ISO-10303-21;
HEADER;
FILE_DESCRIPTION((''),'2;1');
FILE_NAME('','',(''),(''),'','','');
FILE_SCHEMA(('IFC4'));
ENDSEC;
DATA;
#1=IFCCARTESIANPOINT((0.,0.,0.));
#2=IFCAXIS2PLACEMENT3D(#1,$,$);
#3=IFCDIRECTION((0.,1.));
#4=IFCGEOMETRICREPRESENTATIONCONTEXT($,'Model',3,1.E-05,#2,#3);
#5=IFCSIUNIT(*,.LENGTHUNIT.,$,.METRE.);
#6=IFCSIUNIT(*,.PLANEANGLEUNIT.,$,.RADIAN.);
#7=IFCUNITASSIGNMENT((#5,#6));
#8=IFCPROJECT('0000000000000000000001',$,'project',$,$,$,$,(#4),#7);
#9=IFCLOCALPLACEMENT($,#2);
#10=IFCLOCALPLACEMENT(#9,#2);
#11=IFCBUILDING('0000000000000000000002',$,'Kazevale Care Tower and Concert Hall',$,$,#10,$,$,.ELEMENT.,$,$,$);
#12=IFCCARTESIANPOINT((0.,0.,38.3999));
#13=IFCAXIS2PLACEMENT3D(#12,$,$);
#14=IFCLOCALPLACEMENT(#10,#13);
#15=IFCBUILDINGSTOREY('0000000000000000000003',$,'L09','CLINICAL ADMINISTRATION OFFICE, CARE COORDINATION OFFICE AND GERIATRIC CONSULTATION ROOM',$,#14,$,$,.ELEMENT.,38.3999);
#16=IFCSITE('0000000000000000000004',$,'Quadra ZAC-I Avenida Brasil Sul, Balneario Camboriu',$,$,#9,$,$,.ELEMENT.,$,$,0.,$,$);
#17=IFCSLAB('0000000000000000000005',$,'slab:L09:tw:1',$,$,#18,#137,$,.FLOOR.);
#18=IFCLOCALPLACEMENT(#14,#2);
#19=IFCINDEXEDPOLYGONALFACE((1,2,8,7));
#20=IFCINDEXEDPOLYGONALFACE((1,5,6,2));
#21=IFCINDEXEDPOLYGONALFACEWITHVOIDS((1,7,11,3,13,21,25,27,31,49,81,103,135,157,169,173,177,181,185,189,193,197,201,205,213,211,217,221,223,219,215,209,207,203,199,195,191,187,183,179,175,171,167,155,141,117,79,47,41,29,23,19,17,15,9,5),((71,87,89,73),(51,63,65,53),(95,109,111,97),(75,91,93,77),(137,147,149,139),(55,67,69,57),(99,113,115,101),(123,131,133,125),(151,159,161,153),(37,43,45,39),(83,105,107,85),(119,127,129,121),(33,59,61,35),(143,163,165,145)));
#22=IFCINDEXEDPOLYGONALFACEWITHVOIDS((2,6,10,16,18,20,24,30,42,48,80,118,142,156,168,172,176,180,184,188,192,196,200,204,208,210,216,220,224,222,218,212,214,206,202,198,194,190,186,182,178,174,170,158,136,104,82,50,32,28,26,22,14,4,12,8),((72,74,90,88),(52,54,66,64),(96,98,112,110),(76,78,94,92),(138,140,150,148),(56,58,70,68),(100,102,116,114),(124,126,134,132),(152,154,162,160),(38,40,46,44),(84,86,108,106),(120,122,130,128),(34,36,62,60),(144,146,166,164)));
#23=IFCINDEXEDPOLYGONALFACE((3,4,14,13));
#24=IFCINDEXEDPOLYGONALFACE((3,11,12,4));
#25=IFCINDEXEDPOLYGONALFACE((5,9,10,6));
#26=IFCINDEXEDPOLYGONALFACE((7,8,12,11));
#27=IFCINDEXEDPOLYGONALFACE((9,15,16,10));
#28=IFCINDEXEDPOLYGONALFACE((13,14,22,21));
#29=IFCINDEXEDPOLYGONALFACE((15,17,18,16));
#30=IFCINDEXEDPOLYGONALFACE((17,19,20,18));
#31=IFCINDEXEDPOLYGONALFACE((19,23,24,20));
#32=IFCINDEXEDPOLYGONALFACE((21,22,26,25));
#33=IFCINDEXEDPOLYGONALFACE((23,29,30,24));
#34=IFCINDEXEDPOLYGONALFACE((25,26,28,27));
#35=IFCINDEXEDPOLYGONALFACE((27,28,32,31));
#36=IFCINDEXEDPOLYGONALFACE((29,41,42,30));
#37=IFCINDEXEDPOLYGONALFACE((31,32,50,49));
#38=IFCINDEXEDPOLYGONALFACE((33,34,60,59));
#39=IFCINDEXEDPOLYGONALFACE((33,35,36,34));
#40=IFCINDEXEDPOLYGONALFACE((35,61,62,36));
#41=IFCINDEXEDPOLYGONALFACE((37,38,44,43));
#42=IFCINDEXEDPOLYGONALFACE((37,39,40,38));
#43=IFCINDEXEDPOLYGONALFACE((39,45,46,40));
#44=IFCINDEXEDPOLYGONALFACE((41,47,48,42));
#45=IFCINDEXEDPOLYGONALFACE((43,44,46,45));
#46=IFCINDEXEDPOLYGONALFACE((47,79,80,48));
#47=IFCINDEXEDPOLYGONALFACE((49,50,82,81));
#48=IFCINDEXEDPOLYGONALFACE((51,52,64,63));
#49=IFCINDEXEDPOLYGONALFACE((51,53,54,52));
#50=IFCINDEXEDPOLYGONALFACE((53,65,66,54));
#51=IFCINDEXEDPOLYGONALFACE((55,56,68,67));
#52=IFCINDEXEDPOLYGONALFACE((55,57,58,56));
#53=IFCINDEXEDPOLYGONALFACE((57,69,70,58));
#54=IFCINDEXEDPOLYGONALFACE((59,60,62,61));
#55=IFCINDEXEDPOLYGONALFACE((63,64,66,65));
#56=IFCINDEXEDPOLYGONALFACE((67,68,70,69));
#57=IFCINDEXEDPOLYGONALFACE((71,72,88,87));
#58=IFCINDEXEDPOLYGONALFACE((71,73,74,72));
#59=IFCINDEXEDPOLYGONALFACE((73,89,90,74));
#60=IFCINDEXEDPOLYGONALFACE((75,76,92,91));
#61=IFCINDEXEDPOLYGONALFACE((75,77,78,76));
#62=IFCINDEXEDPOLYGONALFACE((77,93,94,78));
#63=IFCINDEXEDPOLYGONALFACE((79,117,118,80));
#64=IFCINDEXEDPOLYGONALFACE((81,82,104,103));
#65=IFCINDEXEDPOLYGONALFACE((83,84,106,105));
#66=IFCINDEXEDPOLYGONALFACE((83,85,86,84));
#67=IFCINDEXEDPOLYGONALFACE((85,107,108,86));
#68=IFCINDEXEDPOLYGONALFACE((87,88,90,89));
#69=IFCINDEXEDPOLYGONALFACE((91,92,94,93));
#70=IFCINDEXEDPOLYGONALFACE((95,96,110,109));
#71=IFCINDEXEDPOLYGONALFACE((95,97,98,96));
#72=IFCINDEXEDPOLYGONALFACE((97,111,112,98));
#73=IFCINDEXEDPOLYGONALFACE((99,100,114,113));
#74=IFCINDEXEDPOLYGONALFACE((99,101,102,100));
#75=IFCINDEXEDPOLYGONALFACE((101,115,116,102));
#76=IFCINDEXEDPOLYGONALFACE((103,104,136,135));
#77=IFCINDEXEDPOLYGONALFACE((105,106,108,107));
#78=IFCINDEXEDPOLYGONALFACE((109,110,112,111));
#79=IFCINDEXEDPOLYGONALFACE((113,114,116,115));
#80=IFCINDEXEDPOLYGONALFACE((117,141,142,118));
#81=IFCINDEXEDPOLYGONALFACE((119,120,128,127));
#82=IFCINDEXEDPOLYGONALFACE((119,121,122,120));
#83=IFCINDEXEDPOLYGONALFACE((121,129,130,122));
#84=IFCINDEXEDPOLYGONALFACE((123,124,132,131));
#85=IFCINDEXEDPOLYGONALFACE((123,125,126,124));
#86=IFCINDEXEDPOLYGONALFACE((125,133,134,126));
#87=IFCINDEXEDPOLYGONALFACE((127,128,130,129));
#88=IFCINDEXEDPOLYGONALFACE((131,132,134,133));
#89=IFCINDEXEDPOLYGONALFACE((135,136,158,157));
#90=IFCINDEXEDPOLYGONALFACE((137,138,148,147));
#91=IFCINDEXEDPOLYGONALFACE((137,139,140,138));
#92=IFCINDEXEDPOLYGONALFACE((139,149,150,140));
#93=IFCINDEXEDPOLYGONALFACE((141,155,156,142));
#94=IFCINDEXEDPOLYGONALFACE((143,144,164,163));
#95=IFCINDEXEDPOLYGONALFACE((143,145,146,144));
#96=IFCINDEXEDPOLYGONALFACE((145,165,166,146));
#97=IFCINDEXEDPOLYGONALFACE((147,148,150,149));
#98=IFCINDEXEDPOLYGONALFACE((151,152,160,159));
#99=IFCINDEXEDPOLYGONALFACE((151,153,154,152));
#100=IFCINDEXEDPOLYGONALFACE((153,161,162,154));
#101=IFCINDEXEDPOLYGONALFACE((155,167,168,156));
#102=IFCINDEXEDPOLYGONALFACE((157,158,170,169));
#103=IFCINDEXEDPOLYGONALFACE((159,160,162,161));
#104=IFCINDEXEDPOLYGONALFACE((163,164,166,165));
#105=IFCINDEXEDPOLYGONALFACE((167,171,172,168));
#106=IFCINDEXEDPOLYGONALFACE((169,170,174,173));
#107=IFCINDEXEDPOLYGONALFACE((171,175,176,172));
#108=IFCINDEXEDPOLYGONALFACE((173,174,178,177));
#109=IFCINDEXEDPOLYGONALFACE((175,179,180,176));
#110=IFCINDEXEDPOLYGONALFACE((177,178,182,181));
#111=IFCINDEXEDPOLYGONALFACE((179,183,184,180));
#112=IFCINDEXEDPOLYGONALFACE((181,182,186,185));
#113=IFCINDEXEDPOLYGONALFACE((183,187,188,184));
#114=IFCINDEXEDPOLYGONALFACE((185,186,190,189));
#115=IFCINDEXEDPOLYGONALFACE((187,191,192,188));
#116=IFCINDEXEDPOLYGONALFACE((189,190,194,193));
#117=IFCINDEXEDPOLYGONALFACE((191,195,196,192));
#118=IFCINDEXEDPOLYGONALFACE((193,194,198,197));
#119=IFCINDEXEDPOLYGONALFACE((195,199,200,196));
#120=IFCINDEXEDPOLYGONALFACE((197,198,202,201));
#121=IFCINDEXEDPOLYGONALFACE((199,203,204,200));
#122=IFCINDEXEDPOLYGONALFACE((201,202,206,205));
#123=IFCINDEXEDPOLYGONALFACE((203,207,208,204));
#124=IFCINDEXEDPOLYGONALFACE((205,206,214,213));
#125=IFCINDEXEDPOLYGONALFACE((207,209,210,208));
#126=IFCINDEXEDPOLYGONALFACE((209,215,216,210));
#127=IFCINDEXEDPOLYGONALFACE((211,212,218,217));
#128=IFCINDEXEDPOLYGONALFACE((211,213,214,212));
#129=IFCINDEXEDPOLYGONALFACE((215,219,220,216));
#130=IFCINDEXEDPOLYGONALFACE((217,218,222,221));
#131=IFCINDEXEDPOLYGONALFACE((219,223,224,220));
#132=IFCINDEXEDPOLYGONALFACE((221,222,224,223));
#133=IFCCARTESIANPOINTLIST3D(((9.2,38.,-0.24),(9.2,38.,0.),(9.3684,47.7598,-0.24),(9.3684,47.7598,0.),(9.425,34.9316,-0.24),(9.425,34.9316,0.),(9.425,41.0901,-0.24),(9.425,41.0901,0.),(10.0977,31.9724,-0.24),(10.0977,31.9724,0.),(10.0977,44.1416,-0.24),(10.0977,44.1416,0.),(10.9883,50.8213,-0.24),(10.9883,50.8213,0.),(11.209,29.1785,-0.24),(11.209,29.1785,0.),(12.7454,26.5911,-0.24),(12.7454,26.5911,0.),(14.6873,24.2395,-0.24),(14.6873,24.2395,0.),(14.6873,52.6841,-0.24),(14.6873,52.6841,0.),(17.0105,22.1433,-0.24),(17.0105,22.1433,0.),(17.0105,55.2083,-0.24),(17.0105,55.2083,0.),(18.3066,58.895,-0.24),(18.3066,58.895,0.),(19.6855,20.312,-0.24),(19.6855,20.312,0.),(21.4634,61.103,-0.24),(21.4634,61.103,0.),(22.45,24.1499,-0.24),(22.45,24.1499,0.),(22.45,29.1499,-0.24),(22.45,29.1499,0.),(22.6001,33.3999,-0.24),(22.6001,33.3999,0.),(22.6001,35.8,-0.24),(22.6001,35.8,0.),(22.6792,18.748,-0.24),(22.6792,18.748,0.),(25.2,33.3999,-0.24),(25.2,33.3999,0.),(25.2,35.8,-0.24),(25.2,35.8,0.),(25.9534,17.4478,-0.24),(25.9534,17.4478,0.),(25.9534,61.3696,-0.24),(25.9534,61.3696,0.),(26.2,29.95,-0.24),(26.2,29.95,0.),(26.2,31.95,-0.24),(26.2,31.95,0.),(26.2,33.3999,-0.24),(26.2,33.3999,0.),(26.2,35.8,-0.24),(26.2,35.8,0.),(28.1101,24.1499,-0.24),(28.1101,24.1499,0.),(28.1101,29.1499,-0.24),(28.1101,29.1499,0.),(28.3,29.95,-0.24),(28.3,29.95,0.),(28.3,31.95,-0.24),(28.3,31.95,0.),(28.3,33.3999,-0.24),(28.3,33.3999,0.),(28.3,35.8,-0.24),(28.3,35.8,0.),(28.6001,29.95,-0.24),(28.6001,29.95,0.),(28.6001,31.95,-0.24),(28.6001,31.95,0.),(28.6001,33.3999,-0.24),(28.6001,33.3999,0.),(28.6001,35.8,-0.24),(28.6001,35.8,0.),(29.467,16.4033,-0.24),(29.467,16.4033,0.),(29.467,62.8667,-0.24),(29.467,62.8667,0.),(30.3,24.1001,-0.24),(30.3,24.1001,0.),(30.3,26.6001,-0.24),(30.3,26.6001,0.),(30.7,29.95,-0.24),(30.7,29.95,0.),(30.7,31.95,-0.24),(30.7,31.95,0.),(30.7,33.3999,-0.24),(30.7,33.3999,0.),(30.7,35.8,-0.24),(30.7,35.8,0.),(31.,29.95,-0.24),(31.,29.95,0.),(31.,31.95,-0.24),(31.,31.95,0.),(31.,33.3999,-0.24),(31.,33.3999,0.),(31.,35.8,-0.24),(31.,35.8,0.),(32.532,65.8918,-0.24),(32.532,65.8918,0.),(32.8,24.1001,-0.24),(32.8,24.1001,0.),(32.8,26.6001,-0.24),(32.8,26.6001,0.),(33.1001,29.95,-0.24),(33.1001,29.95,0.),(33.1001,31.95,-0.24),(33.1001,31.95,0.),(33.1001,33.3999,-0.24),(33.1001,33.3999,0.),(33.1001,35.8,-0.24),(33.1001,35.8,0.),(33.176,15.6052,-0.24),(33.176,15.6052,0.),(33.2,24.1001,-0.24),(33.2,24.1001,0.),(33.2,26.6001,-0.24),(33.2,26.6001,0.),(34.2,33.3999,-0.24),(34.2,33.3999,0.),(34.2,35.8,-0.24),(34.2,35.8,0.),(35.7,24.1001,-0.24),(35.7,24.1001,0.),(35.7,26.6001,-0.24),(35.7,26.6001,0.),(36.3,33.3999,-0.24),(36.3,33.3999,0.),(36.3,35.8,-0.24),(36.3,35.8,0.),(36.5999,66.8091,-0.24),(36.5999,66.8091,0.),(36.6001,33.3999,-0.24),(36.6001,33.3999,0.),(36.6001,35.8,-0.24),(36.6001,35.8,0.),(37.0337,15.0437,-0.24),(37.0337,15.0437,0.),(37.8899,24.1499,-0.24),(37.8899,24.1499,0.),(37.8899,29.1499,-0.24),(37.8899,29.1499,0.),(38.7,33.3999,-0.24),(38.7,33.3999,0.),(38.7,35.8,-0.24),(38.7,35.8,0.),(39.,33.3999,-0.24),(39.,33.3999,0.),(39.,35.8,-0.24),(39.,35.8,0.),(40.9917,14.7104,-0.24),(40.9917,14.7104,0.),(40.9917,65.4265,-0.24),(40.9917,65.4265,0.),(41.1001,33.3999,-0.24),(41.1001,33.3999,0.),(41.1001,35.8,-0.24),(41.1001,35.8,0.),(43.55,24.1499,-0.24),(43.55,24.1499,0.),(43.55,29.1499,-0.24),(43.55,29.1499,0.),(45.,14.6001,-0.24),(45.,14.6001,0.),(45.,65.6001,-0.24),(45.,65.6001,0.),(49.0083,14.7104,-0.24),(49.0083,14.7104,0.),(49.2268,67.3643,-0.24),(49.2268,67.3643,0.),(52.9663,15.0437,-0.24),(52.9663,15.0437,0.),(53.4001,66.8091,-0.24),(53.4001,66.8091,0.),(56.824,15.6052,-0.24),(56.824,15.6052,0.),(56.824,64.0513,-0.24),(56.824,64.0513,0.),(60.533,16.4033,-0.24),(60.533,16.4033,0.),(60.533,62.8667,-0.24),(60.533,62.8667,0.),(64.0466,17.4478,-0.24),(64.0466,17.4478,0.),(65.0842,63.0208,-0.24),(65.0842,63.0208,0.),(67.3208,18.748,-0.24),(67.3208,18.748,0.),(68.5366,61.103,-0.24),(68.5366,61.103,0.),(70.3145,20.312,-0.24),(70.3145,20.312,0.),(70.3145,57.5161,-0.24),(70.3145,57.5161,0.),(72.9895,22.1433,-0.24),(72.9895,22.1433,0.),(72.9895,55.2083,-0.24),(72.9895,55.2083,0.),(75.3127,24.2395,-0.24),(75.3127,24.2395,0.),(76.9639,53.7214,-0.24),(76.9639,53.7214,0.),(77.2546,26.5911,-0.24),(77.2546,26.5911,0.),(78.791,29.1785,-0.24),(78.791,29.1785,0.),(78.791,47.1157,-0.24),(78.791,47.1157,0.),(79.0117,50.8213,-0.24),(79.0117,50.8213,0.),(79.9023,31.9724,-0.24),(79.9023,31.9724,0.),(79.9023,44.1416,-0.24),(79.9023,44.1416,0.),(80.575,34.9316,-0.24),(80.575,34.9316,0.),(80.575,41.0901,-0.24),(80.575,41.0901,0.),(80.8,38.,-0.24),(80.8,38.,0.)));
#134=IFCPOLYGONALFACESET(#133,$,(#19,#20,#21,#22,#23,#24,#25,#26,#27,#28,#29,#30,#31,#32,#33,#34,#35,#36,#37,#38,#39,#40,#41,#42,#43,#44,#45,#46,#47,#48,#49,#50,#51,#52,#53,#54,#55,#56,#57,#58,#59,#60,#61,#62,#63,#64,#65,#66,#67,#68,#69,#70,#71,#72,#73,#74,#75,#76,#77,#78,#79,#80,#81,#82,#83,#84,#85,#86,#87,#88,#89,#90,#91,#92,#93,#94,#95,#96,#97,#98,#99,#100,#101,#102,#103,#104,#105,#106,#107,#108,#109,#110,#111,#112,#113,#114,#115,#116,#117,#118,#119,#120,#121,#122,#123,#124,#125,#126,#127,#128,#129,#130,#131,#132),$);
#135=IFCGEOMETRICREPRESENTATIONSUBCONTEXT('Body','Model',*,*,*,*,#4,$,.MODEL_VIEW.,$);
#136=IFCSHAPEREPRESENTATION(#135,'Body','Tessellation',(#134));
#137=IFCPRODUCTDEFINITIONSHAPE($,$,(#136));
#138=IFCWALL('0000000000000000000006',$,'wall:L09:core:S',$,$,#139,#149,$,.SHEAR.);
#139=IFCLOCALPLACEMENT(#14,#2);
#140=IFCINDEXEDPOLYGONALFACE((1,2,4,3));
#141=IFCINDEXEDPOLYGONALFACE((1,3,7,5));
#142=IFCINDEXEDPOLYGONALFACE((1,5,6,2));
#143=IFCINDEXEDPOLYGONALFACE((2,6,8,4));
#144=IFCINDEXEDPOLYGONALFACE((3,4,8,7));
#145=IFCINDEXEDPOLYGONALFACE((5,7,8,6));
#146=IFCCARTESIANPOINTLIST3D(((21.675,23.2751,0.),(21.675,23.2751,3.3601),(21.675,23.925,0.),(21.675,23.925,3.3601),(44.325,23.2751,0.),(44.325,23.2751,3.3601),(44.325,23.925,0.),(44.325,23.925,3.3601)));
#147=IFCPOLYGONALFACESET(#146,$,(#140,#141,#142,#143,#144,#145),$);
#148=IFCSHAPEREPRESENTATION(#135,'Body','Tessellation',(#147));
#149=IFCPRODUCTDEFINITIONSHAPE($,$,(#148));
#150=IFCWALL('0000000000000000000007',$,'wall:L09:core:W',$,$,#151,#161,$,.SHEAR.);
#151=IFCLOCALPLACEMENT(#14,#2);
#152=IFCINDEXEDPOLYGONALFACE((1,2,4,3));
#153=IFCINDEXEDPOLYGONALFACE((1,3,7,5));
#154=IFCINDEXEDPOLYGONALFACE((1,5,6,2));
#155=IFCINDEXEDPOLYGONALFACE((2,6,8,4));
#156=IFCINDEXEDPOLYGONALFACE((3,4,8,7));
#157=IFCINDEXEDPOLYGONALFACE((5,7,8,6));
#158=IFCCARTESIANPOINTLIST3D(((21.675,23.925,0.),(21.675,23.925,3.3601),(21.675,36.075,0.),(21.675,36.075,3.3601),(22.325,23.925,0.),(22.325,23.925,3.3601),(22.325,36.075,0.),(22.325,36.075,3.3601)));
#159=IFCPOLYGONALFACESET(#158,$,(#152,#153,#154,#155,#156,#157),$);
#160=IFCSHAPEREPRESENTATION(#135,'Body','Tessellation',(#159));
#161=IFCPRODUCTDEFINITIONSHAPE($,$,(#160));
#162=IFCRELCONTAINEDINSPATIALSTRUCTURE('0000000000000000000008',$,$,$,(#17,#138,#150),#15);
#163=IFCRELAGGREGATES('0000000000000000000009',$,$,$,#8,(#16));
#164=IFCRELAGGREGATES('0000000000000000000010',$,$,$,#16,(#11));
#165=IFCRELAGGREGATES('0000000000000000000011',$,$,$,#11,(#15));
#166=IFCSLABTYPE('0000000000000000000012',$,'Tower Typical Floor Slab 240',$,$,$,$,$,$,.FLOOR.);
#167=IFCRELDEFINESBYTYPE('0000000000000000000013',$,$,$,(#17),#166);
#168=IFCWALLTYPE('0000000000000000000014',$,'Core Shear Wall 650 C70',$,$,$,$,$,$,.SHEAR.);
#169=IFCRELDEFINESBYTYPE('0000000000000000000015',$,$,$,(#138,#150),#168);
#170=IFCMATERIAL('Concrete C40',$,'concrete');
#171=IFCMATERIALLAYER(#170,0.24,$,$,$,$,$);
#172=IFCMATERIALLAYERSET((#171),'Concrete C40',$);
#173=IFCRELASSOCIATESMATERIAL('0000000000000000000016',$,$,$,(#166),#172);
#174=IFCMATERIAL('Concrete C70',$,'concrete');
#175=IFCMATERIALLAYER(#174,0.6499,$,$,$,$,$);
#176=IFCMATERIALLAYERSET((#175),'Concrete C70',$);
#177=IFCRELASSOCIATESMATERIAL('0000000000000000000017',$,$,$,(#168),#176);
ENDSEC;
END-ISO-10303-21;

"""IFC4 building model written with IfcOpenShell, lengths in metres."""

from ifc_helpers import new_model, si_unit, direction, frame, frame_2d, origin, place, context, subcontext, project, spatial, polyline, rectangle, outline, extrude, material, layer, layer_set, type_object, element, save


model = new_model("IFC4")

# Units and contexts
model_context = context("Model", 3, precision=1e-05, world=origin(), true_north=direction((0.0, 1.0)))
body_context = subcontext(model_context, "Body", "Model", "MODEL_VIEW")
ifc_project = project(units=[si_unit("LENGTHUNIT", "METRE"), si_unit("PLANEANGLEUNIT", "RADIAN")], contexts=[model_context])

# Site, building, storey
site_placement = place(None, origin())
site = spatial("IfcSite", under=ifc_project, at=site_placement, Name="Quadra ZAC-I Avenida Brasil Sul, Balneario Camboriu", CompositionType="ELEMENT", RefElevation=0.0)
building_placement = place(site_placement, origin())
building = spatial("IfcBuilding", under=site, at=building_placement, Name="Kazevale Care Tower and Concert Hall", CompositionType="ELEMENT")
storey_placement = place(building_placement, frame((0.0, 0.0, 38.3999)))
storey = spatial("IfcBuildingStorey", under=building, at=storey_placement, Name="L09", Description="CLINICAL ADMINISTRATION OFFICE, CARE COORDINATION OFFICE AND GERIATRIC CONSULTATION ROOM", CompositionType="ELEMENT", Elevation=38.3999)

# Shared definitions
ifc_material_1 = material(Name="Concrete C70", Category="concrete")

# Shared definitions
ifc_material_2 = material(Name="Concrete C40", Category="concrete")

# Slab
ifc_layer_1 = layer(ifc_material_2, 0.24)
ifc_layer_set_1 = layer_set([ifc_layer_1], Name="Concrete C40")
slab_type_1 = type_object("IfcSlabType", Name="Tower Typical Floor Slab 240", PredefinedType="FLOOR", material=ifc_layer_set_1)
slab_1_placement = place(storey_placement, frame((0.0, 0.0, -0.24)))
element("IfcSlab", 1, at=slab_1_placement, inside=storey, type_object=slab_type_1, Name="slab:L09:tw:1", PredefinedType="FLOOR", context=body_context, shape_type="SweptSolid", body=[
    extrude(outline(polyline([(80.8, 38.0), (80.575, 41.0901), (79.9023, 44.1416), (78.791, 47.1157), (79.0117, 50.8213), (76.9639, 53.7214), (72.9895, 55.2083), (70.3145, 57.5161), (68.5366, 61.103), (65.0842, 63.0208), (60.533, 62.8667), (56.824, 64.0513), (53.4001, 66.8091), (49.2268, 67.3643), (45.0, 65.6001), (40.9917, 65.4265), (36.5999, 66.8091), (32.532, 65.8918), (29.467, 62.8667), (25.9534, 61.3696), (21.4634, 61.103), (18.3066, 58.895), (17.0105, 55.2083), (14.6873, 52.6841), (10.9883, 50.8213), (9.3684, 47.7598), (10.0977, 44.1416), (9.425, 41.0901), (9.2, 38.0), (9.425, 34.9316), (10.0977, 31.9724), (11.209, 29.1785), (12.7454, 26.5911), (14.6873, 24.2395), (17.0105, 22.1433), (19.6855, 20.312), (22.6792, 18.748), (25.9534, 17.4478), (29.467, 16.4033), (33.176, 15.6052), (37.0337, 15.0437), (40.9917, 14.7104), (45.0, 14.6001), (49.0083, 14.7104), (52.9663, 15.0437), (56.824, 15.6052), (60.533, 16.4033), (64.0466, 17.4478), (67.3208, 18.748), (70.3145, 20.312), (72.9895, 22.1433), (75.3127, 24.2395), (77.2546, 26.5911), (78.791, 29.1785), (79.9023, 31.9724), (80.575, 34.9316), (80.8, 38.0)]), holes=[polyline([(22.45, 24.1499), (28.1101, 24.1499), (28.1101, 29.1499), (22.45, 29.1499), (22.45, 24.1499)]), polyline([(37.8899, 24.1499), (43.55, 24.1499), (43.55, 29.1499), (37.8899, 29.1499), (37.8899, 24.1499)]), polyline([(30.3, 24.1001), (32.8, 24.1001), (32.8, 26.6001), (30.3, 26.6001), (30.3, 24.1001)]), polyline([(33.2, 24.1001), (35.7, 24.1001), (35.7, 26.6001), (33.2, 26.6001), (33.2, 24.1001)]), polyline([(22.6001, 33.3999), (25.2, 33.3999), (25.2, 35.8), (22.6001, 35.8), (22.6001, 33.3999)]), polyline([(26.2, 33.3999), (28.3, 33.3999), (28.3, 35.8), (26.2, 35.8), (26.2, 33.3999)]), polyline([(28.6001, 33.3999), (30.7, 33.3999), (30.7, 35.8), (28.6001, 35.8), (28.6001, 33.3999)]), polyline([(31.0, 33.3999), (33.1001, 33.3999), (33.1001, 35.8), (31.0, 35.8), (31.0, 33.3999)]), polyline([(34.2, 33.3999), (36.3, 33.3999), (36.3, 35.8), (34.2, 35.8), (34.2, 33.3999)]), polyline([(36.6001, 33.3999), (38.7, 33.3999), (38.7, 35.8), (36.6001, 35.8), (36.6001, 33.3999)]), polyline([(39.0, 33.3999), (41.1001, 33.3999), (41.1001, 35.8), (39.0, 35.8), (39.0, 33.3999)]), polyline([(26.2, 29.95), (28.3, 29.95), (28.3, 31.95), (26.2, 31.95), (26.2, 29.95)]), polyline([(28.6001, 29.95), (30.7, 29.95), (30.7, 31.95), (28.6001, 31.95), (28.6001, 29.95)]), polyline([(31.0, 29.95), (33.1001, 29.95), (33.1001, 31.95), (31.0, 31.95), (31.0, 29.95)])]), origin(), (0.0, 0.0, 1.0), 0.24),
])

# Walls
ifc_layer_2 = layer(ifc_material_1, 0.6499)
ifc_layer_set_2 = layer_set([ifc_layer_2], Name="Concrete C70")
wall_type_1 = type_object("IfcWallType", Name="Core Shear Wall 650 C70", PredefinedType="SHEAR", material=ifc_layer_set_2)
wall_1_placement = place(storey_placement, frame((21.675, 23.6001, 0.0), z_axis=(0.0, 0.0, 1.0), x_axis=(1.0, 0.0, 0.0)))
element("IfcWall", 2, at=wall_1_placement, inside=storey, type_object=wall_type_1, Name="wall:L09:core:S", PredefinedType="SHEAR", context=body_context, shape_type="SweptSolid", body=[
    extrude(rectangle(XDim=22.6499, YDim=0.6499, at=frame_2d((11.325, 0.0))), origin(), (0.0, 0.0, 1.0), 3.3601),
])
wall_2_placement = place(storey_placement, frame((22.0, 23.925, 0.0), z_axis=(0.0, 0.0, 1.0), x_axis=(0.0, 1.0, 0.0)))
element("IfcWall", 3, at=wall_2_placement, inside=storey, type_object=wall_type_1, Name="wall:L09:core:W", PredefinedType="SHEAR", context=body_context, shape_type="SweptSolid", body=[
    extrude(rectangle(XDim=12.1499, YDim=0.6499, at=frame_2d((6.075, 0.0))), origin(), (0.0, 0.0, 1.0), 3.3601),
])

save(model, "model.ifc")
